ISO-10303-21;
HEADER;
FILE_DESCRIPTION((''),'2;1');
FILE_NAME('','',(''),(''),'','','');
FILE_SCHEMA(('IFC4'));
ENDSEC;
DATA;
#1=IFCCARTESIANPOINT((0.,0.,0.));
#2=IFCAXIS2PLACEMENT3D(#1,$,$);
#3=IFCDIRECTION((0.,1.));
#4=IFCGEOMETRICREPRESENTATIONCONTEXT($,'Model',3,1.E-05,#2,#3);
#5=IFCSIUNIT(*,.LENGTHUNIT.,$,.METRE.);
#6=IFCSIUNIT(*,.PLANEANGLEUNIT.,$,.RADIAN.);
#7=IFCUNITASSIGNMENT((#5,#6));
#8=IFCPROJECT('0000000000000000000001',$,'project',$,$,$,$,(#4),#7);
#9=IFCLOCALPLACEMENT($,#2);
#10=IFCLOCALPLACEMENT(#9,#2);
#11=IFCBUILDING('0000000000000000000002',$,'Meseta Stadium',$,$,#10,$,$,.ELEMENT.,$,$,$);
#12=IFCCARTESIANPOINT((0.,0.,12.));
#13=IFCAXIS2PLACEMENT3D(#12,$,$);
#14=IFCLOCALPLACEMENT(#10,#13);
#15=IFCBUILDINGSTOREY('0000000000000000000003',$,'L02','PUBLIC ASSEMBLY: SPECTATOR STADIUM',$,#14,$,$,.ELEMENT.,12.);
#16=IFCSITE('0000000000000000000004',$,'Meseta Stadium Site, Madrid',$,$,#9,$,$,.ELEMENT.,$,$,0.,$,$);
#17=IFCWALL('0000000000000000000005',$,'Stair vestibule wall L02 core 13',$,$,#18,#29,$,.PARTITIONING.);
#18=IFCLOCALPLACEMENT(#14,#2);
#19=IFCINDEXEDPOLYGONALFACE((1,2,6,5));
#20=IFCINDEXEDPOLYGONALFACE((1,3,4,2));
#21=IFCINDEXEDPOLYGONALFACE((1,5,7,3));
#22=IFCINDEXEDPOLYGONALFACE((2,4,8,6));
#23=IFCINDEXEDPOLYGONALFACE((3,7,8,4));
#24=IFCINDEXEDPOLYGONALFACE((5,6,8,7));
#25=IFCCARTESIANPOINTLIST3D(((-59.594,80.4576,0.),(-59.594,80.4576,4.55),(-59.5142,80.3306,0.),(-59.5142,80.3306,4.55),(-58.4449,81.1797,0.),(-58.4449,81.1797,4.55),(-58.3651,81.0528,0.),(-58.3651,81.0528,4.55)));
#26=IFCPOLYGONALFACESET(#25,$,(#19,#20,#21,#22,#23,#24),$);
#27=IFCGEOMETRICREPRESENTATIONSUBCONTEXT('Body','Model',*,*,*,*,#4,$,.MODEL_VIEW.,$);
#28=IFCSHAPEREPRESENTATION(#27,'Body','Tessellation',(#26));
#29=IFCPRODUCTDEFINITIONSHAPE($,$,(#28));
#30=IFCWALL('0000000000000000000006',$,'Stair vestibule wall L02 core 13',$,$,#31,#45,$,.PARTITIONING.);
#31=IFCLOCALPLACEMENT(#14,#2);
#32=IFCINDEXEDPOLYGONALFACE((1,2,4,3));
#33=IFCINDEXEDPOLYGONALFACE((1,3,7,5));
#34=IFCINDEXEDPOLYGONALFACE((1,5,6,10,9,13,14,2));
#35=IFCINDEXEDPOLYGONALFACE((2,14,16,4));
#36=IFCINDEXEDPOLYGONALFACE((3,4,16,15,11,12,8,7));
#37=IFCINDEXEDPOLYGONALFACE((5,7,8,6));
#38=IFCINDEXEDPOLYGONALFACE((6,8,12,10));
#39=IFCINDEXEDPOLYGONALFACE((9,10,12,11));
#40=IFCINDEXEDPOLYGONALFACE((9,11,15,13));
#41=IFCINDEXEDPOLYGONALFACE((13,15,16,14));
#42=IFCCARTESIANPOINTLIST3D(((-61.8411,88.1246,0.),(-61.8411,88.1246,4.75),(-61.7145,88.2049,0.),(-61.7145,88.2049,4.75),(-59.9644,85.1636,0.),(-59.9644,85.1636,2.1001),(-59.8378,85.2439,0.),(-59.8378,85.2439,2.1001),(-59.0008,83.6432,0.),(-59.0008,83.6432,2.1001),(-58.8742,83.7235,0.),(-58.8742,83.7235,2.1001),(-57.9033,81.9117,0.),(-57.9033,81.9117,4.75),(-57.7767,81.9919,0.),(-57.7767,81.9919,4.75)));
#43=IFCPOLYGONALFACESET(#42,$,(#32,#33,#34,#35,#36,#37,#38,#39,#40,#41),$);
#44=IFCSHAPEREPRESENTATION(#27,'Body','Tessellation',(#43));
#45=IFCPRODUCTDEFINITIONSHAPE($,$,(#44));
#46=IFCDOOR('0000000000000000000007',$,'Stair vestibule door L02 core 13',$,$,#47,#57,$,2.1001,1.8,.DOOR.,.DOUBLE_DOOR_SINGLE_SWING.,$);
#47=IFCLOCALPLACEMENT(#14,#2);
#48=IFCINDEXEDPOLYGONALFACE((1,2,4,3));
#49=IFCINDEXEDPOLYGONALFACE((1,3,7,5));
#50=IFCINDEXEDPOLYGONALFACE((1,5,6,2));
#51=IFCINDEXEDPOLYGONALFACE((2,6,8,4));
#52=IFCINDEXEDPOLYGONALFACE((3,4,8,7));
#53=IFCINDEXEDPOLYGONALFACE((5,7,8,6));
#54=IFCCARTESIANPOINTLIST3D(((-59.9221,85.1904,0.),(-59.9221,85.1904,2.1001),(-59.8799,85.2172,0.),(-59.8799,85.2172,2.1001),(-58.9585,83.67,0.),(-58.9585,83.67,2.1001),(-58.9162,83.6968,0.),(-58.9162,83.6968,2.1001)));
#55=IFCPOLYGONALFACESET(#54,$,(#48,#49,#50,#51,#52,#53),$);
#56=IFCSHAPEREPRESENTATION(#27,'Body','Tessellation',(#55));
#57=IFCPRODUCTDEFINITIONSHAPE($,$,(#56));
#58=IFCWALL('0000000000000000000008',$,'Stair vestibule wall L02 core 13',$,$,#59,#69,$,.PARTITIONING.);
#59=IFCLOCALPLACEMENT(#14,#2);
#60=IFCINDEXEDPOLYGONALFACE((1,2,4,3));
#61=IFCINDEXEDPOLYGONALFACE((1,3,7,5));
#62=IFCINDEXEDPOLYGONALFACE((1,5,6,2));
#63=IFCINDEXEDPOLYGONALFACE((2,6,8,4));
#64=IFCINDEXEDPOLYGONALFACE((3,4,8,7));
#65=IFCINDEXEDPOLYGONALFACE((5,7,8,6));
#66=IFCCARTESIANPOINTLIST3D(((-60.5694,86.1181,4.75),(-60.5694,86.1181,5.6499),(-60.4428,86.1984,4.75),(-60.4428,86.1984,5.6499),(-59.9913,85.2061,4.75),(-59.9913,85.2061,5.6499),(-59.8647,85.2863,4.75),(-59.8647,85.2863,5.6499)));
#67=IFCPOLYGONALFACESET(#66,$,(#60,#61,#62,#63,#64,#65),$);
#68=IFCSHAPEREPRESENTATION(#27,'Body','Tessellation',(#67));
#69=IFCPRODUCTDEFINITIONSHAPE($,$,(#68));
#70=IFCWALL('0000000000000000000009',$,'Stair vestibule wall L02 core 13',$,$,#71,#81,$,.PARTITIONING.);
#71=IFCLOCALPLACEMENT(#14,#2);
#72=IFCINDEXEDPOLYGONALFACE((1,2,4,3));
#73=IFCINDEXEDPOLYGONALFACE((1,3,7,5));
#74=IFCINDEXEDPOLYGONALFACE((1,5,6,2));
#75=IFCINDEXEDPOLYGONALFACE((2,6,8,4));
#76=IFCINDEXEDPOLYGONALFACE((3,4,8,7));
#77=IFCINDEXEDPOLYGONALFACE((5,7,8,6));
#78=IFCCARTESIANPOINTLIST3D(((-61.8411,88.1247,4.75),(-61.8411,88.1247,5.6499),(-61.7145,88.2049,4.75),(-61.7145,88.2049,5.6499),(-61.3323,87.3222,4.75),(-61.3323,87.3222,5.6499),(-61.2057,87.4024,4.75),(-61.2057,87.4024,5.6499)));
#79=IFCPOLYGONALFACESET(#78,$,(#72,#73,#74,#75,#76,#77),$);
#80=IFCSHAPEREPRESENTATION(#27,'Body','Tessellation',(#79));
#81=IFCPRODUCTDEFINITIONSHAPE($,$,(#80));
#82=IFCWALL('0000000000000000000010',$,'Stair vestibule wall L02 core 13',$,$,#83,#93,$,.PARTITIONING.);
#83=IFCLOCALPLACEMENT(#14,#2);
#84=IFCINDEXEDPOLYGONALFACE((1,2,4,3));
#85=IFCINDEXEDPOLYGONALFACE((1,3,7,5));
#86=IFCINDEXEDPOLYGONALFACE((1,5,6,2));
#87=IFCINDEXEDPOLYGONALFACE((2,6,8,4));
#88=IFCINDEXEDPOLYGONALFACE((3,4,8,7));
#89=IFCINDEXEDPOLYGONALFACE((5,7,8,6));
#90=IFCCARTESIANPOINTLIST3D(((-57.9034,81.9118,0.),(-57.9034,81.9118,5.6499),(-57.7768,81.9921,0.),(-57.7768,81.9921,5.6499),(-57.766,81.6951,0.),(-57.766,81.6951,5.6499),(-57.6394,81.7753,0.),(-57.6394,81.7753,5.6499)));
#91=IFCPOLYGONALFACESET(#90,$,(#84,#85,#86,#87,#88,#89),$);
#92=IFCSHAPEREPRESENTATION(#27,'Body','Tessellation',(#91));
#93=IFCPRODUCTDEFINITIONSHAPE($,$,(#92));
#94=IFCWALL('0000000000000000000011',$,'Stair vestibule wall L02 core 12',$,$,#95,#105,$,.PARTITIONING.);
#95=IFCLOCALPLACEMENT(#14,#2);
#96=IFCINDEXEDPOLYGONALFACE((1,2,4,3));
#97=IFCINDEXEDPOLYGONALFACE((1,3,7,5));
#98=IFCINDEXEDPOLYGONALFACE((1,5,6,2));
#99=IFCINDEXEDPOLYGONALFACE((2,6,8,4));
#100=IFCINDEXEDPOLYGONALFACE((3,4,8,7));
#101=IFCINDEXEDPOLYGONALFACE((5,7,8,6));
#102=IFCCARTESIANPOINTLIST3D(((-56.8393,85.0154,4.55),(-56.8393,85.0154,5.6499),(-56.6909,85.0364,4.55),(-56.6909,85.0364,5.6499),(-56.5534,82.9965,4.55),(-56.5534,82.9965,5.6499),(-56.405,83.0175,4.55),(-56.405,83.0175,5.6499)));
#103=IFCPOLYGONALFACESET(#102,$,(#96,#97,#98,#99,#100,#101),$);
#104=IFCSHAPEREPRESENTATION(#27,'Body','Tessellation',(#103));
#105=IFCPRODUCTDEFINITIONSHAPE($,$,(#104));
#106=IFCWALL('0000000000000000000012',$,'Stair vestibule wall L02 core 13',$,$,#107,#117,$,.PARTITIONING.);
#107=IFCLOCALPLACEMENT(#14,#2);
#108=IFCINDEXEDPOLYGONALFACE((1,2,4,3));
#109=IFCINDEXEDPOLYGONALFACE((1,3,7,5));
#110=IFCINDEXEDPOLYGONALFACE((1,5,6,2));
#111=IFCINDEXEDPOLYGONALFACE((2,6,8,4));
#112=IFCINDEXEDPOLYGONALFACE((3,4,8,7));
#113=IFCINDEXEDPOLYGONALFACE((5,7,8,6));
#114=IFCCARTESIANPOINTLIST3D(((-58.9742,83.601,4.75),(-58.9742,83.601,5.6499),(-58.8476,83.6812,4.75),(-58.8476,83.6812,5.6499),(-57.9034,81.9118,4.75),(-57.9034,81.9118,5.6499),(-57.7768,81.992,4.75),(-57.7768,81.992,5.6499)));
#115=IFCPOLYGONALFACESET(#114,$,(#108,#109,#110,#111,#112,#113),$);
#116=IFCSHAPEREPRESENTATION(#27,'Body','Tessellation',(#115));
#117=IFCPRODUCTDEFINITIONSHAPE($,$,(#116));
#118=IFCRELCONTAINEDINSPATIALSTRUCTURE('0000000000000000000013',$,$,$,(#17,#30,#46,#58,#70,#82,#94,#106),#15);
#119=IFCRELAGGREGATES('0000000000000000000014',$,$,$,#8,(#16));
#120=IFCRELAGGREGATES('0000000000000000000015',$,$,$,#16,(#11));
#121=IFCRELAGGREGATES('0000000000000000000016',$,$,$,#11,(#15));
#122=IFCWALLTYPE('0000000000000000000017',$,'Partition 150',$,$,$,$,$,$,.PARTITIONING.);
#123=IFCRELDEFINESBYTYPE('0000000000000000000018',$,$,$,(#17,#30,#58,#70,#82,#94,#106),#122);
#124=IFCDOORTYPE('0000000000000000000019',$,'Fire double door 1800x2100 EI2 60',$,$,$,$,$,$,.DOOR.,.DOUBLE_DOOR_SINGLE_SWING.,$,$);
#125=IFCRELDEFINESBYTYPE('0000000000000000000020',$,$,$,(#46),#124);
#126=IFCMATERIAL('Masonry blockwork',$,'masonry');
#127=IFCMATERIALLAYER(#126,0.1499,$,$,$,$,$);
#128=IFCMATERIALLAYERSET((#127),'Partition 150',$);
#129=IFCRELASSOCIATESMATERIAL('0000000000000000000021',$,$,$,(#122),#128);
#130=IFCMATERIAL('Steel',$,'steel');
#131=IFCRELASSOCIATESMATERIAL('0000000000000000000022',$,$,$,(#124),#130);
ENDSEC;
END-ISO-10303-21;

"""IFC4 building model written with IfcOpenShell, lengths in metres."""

from ifc_helpers import new_model, si_unit, direction, frame, frame_2d, origin, place, context, subcontext, project, spatial, rectangle, extrude, material, layer, layer_set, type_object, element, fill, save


model = new_model("IFC4")

# Units and contexts
model_context = context("Model", 3, precision=1e-05, world=origin(), true_north=direction((0.0, 1.0)))
body_context = subcontext(model_context, "Body", "Model", "MODEL_VIEW")
ifc_project = project(units=[si_unit("LENGTHUNIT", "METRE"), si_unit("PLANEANGLEUNIT", "RADIAN")], contexts=[model_context])

# Site, building, storey
site_placement = place(None, origin())
site = spatial("IfcSite", under=ifc_project, at=site_placement, Name="Meseta Stadium Site, Madrid", CompositionType="ELEMENT", RefElevation=0.0)
building_placement = place(site_placement, origin())
building = spatial("IfcBuilding", under=site, at=building_placement, Name="Meseta Stadium", CompositionType="ELEMENT")
storey_placement = place(building_placement, frame((0.0, 0.0, 12.0)))
storey = spatial("IfcBuildingStorey", under=building, at=storey_placement, Name="L02", Description="PUBLIC ASSEMBLY: SPECTATOR STADIUM", CompositionType="ELEMENT", Elevation=12.0)

# Shared definitions
ifc_material_1 = material(Name="Masonry blockwork", Category="masonry")
ifc_layer = layer(ifc_material_1, 0.1499)
ifc_layer_set = layer_set([ifc_layer], Name="Partition 150")
wall_type = type_object("IfcWallType", Name="Partition 150", PredefinedType="PARTITIONING", material=ifc_layer_set)

# Wall
wall_1_placement = place(storey_placement, frame((-59.5542, 80.394, 0.0), z_axis=(0.0, 0.0, 1.0), x_axis=(0.846692, 0.532083, 0.0)))
element("IfcWall", 1, at=wall_1_placement, inside=storey, type_object=wall_type, Name="Stair vestibule wall L02 core 13", PredefinedType="PARTITIONING", context=body_context, shape_type="SweptSolid", body=[
    extrude(rectangle(XDim=1.3572, YDim=0.1499, at=frame_2d((0.6787, 0.0))), origin(), (0.0, 0.0, 1.0), 4.55),
])

# Wall, opening, door
wall_2_placement = place(storey_placement, frame((-57.8401, 81.9519, 0.0), z_axis=(0.0, 0.0, 1.0), x_axis=(-0.535335, 0.84464, 0.0)))
wall_2 = element("IfcWall", 2, at=wall_2_placement, inside=storey, type_object=wall_type, Name="Stair vestibule wall L02 core 13", PredefinedType="PARTITIONING", context=body_context, shape_type="SweptSolid", body=[
    extrude(rectangle(XDim=7.3557, YDim=0.1499, at=frame_2d((3.6777, 0.0))), origin(), (0.0, 0.0, 1.0), 4.75),
])
opening_1_placement = place(wall_2_placement, frame((2.05, 0.0, 0.0)))
opening_1 = element("IfcOpeningElement", 3, at=opening_1_placement, cuts=wall_2, PredefinedType="OPENING", context=body_context, shape_type="SweptSolid", body=[
    extrude(rectangle(XDim=1.8, YDim=2.1001, at=frame_2d((0.8999, 1.05))), frame((0.0, 0.085, 0.0), z_axis=(0.0, -1.0, 0.0), x_axis=(1.0, 0.0, 0.0)), (0.0, 0.0, 1.0), 0.1699),
])
ifc_material_2 = material(Name="Steel", Category="steel")
door_type_1 = type_object("IfcDoorType", Name="Fire double door 1800x2100 EI2 60", OperationType="DOUBLE_DOOR_SINGLE_SWING", PredefinedType="DOOR", material=ifc_material_2)
door_1_placement = place(opening_1_placement, origin())
door_1 = element("IfcDoor", 4, at=door_1_placement, inside=storey, type_object=door_type_1, Name="Stair vestibule door L02 core 13", OperationType="DOUBLE_DOOR_SINGLE_SWING", OverallHeight=2.1001, OverallWidth=1.8, PredefinedType="DOOR", context=body_context, shape_type="SweptSolid", body=[
    extrude(rectangle(XDim=1.8, YDim=2.1001, at=frame_2d((0.8999, 1.05))), frame((0.0, 0.0249, 0.0), z_axis=(0.0, -1.0, 0.0), x_axis=(1.0, 0.0, 0.0)), (0.0, 0.0, 1.0), 0.05),
])
fill(opening_1, door_1)

# Walls
wall_3_placement = place(storey_placement, frame((-59.928, 85.2461, 4.75), z_axis=(0.0, 0.0, 1.0), x_axis=(-0.535353, 0.844628, 0.0)))
element("IfcWall", 5, at=wall_3_placement, inside=storey, type_object=wall_type, Name="Stair vestibule wall L02 core 13", PredefinedType="PARTITIONING", context=body_context, shape_type="SweptSolid", body=[
    extrude(rectangle(XDim=1.0798, YDim=0.1499, at=frame_2d((0.54, 0.0))), origin(), (0.0, 0.0, 1.0), 0.8999),
])
wall_4_placement = place(storey_placement, frame((-61.269, 87.3623, 4.75), z_axis=(0.0, 0.0, 1.0), x_axis=(-0.535462, 0.84456, 0.0)))
element("IfcWall", 6, at=wall_4_placement, inside=storey, type_object=wall_type, Name="Stair vestibule wall L02 core 13", PredefinedType="PARTITIONING", context=body_context, shape_type="SweptSolid", body=[
    extrude(rectangle(XDim=0.9502, YDim=0.1499, at=frame_2d((0.4751, 0.0))), origin(), (0.0, 0.0, 1.0), 0.8999),
])
wall_5_placement = place(storey_placement, frame((-57.7026, 81.7351, 0.0), z_axis=(0.0, 0.0, 1.0), x_axis=(-0.535459, 0.844561, 0.0)))
element("IfcWall", 7, at=wall_5_placement, inside=storey, type_object=wall_type, Name="Stair vestibule wall L02 core 13", PredefinedType="PARTITIONING", context=body_context, shape_type="SweptSolid", body=[
    extrude(rectangle(XDim=0.2566, YDim=0.1499, at=frame_2d((0.1284, 0.0))), origin(), (0.0, 0.0, 1.0), 5.6499),
])
wall_6_placement = place(storey_placement, frame((-56.7651, 85.0259, 4.55), z_axis=(0.0, 0.0, 1.0), x_axis=(0.140214, -0.990121, 0.0)))
element("IfcWall", 8, at=wall_6_placement, inside=storey, type_object=wall_type, Name="Stair vestibule wall L02 core 12", PredefinedType="PARTITIONING", context=body_context, shape_type="SweptSolid", body=[
    extrude(rectangle(XDim=2.0391, YDim=0.1499, at=frame_2d((1.0195, 0.0))), origin(), (0.0, 0.0, 1.0), 1.0999),
])
wall_7_placement = place(storey_placement, frame((-57.8401, 81.9519, 4.75), z_axis=(0.0, 0.0, 1.0), x_axis=(-0.535398, 0.8446, 0.0)))
element("IfcWall", 9, at=wall_7_placement, inside=storey, type_object=wall_type, Name="Stair vestibule wall L02 core 13", PredefinedType="PARTITIONING", context=body_context, shape_type="SweptSolid", body=[
    extrude(rectangle(XDim=2.0, YDim=0.1499, at=frame_2d((1.0, 0.0))), origin(), (0.0, 0.0, 1.0), 0.8999),
])

save(model, "model.ifc")
